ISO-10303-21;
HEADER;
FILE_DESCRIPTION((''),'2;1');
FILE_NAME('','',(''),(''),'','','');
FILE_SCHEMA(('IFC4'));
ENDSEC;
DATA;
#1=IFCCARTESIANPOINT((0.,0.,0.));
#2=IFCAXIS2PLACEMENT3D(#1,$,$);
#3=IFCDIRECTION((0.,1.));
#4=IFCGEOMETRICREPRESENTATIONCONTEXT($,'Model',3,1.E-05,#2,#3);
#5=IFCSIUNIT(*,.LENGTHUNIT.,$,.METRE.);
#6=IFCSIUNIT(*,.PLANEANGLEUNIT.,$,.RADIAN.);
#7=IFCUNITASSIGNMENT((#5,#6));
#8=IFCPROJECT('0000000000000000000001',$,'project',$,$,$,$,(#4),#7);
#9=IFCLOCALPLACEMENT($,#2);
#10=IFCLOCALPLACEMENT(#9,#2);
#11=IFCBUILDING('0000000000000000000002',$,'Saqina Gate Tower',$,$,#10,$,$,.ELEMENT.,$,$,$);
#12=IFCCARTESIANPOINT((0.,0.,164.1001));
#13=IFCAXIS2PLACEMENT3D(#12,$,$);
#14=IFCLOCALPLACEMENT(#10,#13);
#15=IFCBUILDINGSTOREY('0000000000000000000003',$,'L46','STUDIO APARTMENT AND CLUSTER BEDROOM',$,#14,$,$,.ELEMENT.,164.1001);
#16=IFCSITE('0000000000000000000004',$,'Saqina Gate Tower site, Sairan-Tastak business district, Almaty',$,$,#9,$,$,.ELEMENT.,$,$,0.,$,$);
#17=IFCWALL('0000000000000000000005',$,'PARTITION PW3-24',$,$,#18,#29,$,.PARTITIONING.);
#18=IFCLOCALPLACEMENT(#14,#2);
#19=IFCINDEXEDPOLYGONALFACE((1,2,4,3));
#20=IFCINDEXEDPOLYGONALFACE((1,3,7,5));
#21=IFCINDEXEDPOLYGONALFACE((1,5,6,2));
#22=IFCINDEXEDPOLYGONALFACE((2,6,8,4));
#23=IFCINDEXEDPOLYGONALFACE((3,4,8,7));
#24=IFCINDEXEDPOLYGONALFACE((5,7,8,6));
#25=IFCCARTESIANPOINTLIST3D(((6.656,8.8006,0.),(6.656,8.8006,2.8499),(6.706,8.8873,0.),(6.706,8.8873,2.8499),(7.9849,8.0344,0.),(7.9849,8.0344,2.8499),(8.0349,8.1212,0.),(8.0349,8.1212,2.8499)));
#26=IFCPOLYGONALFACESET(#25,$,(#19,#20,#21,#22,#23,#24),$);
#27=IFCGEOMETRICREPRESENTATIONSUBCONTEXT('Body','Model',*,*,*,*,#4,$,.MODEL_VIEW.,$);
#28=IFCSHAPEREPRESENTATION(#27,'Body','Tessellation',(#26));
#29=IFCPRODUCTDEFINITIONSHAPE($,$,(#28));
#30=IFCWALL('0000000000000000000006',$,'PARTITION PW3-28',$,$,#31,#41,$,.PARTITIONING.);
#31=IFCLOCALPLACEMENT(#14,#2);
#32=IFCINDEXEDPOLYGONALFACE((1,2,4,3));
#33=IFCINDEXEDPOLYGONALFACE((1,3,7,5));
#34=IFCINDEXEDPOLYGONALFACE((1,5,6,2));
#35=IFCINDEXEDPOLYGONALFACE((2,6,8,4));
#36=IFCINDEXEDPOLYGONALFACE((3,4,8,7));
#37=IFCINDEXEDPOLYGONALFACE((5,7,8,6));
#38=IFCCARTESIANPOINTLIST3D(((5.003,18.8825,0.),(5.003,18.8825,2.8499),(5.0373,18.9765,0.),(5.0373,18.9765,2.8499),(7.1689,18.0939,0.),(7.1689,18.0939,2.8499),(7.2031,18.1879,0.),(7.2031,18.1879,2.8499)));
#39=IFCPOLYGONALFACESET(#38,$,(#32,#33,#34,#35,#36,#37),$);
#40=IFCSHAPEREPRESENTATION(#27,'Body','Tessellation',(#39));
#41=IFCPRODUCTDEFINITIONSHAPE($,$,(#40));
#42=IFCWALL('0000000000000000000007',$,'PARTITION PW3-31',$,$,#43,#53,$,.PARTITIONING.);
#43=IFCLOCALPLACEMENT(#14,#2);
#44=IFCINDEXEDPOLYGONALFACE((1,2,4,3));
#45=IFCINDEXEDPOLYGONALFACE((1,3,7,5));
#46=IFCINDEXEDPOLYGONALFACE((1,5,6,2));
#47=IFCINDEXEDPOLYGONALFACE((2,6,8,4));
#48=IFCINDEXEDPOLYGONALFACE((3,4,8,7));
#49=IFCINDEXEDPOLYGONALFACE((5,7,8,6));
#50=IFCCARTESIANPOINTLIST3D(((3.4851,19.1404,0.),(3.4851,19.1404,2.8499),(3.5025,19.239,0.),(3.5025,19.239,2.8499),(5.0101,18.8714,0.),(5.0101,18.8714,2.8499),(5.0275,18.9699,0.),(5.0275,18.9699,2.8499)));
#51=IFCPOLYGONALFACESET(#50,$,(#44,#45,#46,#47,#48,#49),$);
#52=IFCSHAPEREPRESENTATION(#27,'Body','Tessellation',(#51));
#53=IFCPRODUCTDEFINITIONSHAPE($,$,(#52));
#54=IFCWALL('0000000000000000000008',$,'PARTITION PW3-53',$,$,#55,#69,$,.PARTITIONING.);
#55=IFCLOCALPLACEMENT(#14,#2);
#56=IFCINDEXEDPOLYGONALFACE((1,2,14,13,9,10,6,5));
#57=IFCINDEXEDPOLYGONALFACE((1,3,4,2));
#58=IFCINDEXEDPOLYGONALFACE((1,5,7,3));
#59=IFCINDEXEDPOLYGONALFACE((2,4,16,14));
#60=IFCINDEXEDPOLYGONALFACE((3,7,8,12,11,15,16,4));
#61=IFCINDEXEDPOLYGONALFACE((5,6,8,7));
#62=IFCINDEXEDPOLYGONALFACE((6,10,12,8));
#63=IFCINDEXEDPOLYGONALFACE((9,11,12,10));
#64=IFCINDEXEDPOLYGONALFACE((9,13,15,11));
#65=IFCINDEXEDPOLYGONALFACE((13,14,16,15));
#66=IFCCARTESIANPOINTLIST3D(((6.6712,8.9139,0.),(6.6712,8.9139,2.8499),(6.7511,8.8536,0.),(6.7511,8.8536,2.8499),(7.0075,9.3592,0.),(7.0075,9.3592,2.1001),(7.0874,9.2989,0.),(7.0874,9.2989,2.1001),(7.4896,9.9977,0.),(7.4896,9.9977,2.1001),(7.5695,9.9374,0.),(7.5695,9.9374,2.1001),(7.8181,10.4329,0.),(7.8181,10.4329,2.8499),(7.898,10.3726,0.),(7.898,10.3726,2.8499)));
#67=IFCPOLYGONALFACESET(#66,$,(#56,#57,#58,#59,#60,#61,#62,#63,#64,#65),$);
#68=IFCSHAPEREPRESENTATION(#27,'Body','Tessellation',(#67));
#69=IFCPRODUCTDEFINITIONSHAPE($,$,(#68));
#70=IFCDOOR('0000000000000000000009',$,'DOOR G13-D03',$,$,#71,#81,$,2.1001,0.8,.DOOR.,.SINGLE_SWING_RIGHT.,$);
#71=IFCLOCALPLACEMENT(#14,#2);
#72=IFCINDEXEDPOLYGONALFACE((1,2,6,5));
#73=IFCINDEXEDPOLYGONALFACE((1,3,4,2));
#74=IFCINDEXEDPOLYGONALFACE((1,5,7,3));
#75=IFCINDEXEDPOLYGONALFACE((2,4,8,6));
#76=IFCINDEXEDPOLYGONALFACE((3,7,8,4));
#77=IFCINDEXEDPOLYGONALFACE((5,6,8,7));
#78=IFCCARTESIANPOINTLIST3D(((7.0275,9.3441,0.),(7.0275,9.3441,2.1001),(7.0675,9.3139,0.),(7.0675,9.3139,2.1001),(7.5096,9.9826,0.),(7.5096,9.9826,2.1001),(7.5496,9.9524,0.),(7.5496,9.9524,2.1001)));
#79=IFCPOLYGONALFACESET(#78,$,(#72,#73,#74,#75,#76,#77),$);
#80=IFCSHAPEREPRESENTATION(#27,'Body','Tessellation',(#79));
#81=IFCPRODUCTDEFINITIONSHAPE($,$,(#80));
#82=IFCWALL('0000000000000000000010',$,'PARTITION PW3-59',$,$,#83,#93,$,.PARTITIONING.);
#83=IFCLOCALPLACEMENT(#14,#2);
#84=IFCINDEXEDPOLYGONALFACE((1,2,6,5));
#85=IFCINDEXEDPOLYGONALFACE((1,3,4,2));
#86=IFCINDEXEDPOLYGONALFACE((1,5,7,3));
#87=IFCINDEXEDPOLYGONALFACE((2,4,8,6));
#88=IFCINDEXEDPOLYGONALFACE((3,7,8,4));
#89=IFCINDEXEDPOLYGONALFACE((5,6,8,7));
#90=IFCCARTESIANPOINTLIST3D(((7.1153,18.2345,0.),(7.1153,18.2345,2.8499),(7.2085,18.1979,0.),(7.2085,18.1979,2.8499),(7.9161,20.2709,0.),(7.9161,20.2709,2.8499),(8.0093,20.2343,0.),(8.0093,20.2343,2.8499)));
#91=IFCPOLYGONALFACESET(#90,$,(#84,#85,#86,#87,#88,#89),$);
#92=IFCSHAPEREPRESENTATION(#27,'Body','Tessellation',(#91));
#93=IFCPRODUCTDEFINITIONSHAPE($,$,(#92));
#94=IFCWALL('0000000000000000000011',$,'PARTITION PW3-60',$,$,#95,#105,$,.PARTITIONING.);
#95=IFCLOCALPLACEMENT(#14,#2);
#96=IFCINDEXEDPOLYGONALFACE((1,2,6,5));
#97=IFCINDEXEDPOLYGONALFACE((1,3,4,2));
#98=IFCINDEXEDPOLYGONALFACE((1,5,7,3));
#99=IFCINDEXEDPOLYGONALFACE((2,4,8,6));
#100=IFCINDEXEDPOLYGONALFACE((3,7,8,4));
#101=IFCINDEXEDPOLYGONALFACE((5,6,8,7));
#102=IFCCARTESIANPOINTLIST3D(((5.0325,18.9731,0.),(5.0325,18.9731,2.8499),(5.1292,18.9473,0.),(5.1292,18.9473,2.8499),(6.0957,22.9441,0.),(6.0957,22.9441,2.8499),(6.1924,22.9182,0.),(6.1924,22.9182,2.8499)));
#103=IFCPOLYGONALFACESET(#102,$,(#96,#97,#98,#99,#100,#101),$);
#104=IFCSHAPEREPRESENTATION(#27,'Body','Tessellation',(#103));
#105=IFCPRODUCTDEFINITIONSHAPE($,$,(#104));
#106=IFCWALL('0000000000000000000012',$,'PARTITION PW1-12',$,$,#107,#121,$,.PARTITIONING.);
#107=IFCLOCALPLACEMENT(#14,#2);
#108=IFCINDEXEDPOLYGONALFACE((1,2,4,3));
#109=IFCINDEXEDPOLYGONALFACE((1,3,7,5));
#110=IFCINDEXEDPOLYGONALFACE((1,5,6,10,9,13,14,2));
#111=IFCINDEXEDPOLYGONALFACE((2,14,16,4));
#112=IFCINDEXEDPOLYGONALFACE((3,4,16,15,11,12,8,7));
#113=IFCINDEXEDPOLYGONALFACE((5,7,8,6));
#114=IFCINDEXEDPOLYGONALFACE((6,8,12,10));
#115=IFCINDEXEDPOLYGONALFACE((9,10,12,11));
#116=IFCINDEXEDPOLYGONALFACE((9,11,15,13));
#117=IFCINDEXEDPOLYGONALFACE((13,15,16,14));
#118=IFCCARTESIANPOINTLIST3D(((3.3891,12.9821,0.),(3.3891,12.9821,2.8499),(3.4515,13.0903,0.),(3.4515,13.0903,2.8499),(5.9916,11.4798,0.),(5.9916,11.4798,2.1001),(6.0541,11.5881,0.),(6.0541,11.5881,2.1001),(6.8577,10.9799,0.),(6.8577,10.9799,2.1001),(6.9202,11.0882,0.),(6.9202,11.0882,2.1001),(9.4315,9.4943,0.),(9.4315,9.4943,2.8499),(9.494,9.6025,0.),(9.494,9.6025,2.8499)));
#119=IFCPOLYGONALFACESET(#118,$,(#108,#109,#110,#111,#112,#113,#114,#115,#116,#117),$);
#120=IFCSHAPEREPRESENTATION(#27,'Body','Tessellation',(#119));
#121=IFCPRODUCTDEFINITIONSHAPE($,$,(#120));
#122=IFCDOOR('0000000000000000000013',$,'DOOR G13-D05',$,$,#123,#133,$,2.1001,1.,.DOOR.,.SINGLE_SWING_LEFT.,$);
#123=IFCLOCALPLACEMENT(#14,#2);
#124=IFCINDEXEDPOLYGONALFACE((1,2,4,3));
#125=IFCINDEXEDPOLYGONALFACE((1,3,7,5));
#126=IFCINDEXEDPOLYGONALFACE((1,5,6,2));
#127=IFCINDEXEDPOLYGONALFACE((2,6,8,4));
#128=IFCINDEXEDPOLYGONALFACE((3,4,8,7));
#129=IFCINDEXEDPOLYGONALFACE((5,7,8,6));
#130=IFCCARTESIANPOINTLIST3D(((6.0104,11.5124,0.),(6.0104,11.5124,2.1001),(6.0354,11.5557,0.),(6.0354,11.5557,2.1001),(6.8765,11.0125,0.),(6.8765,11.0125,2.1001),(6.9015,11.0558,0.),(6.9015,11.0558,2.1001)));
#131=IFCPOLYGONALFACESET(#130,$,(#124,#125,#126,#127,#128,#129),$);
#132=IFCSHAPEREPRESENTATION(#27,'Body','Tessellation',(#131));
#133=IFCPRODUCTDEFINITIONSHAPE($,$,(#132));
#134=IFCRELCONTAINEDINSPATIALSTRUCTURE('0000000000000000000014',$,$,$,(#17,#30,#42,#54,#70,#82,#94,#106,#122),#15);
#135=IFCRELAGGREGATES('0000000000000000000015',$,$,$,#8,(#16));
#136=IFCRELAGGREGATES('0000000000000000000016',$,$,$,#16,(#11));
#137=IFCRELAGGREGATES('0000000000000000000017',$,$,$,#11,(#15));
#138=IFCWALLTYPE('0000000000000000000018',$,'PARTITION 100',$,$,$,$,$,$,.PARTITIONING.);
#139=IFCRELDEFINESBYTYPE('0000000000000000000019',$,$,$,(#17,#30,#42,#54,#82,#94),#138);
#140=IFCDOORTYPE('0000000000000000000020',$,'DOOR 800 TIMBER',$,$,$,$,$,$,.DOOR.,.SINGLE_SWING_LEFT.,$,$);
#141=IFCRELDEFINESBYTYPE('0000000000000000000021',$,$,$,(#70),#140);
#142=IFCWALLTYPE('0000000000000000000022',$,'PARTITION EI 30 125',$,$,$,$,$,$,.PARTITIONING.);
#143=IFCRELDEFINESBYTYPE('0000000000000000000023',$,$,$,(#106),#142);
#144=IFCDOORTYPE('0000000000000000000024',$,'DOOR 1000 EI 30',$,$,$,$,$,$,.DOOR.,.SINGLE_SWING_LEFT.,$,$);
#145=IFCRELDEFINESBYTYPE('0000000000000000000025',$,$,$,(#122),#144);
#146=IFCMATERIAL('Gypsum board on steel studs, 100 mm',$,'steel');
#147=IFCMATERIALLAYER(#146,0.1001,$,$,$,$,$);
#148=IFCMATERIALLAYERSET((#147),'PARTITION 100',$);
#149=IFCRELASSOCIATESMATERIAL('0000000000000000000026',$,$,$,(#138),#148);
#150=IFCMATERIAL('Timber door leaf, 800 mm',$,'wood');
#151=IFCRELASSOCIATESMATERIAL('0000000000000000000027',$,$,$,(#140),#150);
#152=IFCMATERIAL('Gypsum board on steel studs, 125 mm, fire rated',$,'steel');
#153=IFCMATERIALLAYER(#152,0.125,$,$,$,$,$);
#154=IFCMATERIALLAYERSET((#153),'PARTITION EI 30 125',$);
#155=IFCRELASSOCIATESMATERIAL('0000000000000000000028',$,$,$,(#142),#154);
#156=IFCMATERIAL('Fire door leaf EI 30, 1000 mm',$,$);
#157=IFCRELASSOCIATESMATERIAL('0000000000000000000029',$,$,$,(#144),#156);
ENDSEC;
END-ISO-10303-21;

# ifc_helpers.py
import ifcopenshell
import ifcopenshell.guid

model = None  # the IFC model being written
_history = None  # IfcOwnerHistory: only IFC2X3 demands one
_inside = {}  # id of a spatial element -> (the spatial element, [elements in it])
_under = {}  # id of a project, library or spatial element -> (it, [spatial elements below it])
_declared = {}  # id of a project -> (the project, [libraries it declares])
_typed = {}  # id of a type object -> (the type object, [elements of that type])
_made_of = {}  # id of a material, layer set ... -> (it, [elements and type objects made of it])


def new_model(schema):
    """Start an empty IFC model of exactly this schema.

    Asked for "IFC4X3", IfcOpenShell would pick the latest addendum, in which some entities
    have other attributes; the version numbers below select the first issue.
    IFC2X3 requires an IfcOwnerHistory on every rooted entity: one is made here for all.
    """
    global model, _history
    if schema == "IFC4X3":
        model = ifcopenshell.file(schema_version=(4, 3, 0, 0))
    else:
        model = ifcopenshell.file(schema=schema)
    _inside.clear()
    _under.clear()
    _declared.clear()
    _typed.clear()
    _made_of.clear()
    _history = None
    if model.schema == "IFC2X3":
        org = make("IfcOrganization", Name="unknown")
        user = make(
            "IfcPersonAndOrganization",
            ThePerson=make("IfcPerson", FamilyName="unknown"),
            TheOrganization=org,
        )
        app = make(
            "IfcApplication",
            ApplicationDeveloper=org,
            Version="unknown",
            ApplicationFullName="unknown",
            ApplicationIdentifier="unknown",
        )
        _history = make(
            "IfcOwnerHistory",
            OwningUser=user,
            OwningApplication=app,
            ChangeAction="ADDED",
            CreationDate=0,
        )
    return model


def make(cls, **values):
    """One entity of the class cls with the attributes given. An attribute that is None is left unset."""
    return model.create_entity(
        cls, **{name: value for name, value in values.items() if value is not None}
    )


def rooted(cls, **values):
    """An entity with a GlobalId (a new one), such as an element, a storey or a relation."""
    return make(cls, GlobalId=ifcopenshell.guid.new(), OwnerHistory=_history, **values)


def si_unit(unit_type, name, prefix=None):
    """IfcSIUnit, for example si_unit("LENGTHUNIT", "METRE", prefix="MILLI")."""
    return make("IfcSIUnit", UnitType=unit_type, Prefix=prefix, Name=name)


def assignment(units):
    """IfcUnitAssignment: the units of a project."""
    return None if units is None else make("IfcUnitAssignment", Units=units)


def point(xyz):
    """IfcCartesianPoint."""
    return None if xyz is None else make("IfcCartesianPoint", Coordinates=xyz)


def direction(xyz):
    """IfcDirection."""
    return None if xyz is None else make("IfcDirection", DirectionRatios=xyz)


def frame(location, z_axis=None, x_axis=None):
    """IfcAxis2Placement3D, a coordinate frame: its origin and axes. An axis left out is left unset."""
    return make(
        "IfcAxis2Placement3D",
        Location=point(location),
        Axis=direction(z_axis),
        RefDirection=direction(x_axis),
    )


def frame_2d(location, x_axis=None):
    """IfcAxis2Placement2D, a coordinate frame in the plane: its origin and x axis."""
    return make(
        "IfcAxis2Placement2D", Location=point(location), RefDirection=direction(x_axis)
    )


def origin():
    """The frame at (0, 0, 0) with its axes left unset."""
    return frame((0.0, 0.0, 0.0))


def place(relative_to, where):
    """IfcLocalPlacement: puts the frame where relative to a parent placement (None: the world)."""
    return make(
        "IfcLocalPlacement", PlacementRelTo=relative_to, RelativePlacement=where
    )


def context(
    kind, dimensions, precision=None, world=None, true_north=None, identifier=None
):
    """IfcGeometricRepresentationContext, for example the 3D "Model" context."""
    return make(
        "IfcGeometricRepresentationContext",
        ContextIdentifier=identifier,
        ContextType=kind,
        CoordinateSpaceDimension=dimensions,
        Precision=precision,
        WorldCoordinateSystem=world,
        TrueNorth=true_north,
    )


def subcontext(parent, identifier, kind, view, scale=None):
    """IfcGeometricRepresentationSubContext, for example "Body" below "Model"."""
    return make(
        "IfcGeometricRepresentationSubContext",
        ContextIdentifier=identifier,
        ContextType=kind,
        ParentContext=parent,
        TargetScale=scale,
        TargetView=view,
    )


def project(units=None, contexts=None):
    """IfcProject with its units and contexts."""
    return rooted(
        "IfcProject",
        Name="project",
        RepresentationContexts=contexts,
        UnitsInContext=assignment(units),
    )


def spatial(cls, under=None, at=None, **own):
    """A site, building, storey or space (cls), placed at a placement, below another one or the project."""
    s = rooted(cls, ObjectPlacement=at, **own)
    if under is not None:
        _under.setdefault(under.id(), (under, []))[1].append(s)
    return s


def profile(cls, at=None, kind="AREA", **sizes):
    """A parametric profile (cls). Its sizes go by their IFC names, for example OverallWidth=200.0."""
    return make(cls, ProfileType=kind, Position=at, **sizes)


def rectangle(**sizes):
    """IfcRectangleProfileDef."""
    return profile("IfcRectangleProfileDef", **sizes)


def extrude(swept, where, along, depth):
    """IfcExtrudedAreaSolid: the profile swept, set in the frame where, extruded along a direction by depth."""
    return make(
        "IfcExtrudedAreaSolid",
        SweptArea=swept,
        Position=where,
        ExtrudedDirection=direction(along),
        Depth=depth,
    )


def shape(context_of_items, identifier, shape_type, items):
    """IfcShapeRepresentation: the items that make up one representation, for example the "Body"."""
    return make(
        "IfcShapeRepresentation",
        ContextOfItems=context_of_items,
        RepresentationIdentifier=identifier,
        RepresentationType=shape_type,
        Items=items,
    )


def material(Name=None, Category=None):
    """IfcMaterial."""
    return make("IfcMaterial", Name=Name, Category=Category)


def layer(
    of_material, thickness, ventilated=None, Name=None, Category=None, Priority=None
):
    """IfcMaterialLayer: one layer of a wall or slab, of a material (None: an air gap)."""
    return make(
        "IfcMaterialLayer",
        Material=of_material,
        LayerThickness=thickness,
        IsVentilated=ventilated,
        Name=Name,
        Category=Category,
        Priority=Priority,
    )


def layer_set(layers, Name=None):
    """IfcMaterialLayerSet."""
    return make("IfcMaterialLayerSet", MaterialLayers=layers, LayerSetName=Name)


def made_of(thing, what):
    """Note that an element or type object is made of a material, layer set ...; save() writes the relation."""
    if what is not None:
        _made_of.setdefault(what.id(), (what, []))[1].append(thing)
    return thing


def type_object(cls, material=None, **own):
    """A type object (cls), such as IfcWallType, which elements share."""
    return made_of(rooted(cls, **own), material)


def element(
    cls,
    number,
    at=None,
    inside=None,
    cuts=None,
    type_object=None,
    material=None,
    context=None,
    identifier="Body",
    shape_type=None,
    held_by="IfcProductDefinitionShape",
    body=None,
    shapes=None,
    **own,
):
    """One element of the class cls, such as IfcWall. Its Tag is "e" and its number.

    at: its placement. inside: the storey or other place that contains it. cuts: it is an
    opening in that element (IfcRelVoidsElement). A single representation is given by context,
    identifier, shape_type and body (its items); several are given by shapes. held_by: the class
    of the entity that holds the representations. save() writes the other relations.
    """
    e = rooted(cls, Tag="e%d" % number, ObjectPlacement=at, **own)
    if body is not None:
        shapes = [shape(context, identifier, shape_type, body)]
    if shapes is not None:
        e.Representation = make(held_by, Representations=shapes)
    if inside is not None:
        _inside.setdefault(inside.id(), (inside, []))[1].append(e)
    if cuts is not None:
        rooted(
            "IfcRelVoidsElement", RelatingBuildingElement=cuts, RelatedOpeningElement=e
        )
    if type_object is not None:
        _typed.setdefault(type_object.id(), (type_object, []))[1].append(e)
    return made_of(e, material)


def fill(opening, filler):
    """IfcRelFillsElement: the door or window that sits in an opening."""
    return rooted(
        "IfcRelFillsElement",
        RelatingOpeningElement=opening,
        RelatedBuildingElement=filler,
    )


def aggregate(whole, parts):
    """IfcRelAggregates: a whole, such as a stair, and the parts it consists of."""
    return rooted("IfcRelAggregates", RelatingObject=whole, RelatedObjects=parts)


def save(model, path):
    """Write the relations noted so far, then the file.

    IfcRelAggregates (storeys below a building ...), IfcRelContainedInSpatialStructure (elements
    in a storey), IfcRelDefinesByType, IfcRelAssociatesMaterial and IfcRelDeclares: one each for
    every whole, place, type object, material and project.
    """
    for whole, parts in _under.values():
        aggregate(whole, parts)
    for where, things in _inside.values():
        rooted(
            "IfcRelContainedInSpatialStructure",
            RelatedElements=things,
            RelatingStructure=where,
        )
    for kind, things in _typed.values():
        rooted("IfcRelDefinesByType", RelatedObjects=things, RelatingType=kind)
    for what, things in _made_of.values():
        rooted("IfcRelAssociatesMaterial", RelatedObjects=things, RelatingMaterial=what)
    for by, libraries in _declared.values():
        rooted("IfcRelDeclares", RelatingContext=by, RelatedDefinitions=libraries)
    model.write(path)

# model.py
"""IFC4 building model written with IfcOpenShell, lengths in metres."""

from ifc_helpers import new_model, si_unit, direction, frame, frame_2d, origin, place, context, subcontext, project, spatial, rectangle, extrude, material, layer, layer_set, type_object, element, fill, save


model = new_model("IFC4")

# Units and contexts
model_context = context("Model", 3, precision=1e-05, world=origin(), true_north=direction((0.0, 1.0)))
body_context = subcontext(model_context, "Body", "Model", "MODEL_VIEW")
ifc_project = project(units=[si_unit("LENGTHUNIT", "METRE"), si_unit("PLANEANGLEUNIT", "RADIAN")], contexts=[model_context])

# Site, building, storey
site_placement = place(None, origin())
site = spatial("IfcSite", under=ifc_project, at=site_placement, Name="Saqina Gate Tower site, Sairan-Tastak business district, Almaty", CompositionType="ELEMENT", RefElevation=0.0)
building_placement = place(site_placement, origin())
building = spatial("IfcBuilding", under=site, at=building_placement, Name="Saqina Gate Tower", CompositionType="ELEMENT")
storey_placement = place(building_placement, frame((0.0, 0.0, 164.1001)))
storey = spatial("IfcBuildingStorey", under=building, at=storey_placement, Name="L46", Description="STUDIO APARTMENT AND CLUSTER BEDROOM", CompositionType="ELEMENT", Elevation=164.1001)

# Walls
ifc_material_1 = material(Name="Gypsum board on steel studs, 100 mm", Category="steel")
ifc_layer_1 = layer(ifc_material_1, 0.1001)
ifc_layer_set_1 = layer_set([ifc_layer_1], Name="PARTITION 100")
wall_type_1 = type_object("IfcWallType", Name="PARTITION 100", PredefinedType="PARTITIONING", material=ifc_layer_set_1)
wall_1_placement = place(storey_placement, frame((6.6809, 8.844, 0.0), z_axis=(0.0, 0.0, 1.0), x_axis=(0.866337, -0.499461, 0.0)))
element("IfcWall", 1, at=wall_1_placement, inside=storey, type_object=wall_type_1, Name="PARTITION PW3-24", PredefinedType="PARTITIONING", context=body_context, shape_type="SweptSolid", body=[
    extrude(rectangle(XDim=1.5339, YDim=0.1001, at=frame_2d((0.7671, 0.0))), origin(), (0.0, 0.0, 1.0), 2.8499),
])
wall_2_placement = place(storey_placement, frame((5.0203, 18.9294, 0.0), z_axis=(0.0, 0.0, 1.0), x_axis=(0.939651, -0.342134, 0.0)))
element("IfcWall", 2, at=wall_2_placement, inside=storey, type_object=wall_type_1, Name="PARTITION PW3-28", PredefinedType="PARTITIONING", context=body_context, shape_type="SweptSolid", body=[
    extrude(rectangle(XDim=2.3049, YDim=0.1001, at=frame_2d((1.1523, 0.0))), origin(), (0.0, 0.0, 1.0), 2.8499),
])
wall_3_placement = place(storey_placement, frame((3.4937, 19.1897, 0.0), z_axis=(0.0, 0.0, 1.0), x_axis=(0.984795, -0.173722, 0.0)))
element("IfcWall", 3, at=wall_3_placement, inside=storey, type_object=wall_type_1, Name="PARTITION PW3-31", PredefinedType="PARTITIONING", context=body_context, shape_type="SweptSolid", body=[
    extrude(rectangle(XDim=1.5486, YDim=0.1001, at=frame_2d((0.7744, 0.0))), origin(), (0.0, 0.0, 1.0), 2.8499),
])

# Wall, opening, door
wall_4_placement = place(storey_placement, frame((6.7112, 8.8838, 0.0), z_axis=(0.0, 0.0, 1.0), x_axis=(0.602583, 0.798056, 0.0)))
wall_4 = element("IfcWall", 4, at=wall_4_placement, inside=storey, type_object=wall_type_1, Name="PARTITION PW3-53", PredefinedType="PARTITIONING", context=body_context, shape_type="SweptSolid", body=[
    extrude(rectangle(XDim=1.9033, YDim=0.1001, at=frame_2d((0.9517, 0.0))), origin(), (0.0, 0.0, 1.0), 2.8499),
])
opening_1_placement = place(wall_4_placement, frame((0.5581, 0.0, 0.0)))
opening_1 = element("IfcOpeningElement", 5, at=opening_1_placement, cuts=wall_4, PredefinedType="OPENING", context=body_context, shape_type="SweptSolid", body=[
    extrude(rectangle(XDim=0.8, YDim=2.1001, at=frame_2d((0.3999, 1.05))), frame((0.0, 0.062, 0.0), z_axis=(0.0, -1.0, 0.0), x_axis=(1.0, 0.0, 0.0)), (0.0, 0.0, 1.0), 0.124),
])
ifc_material_2 = material(Name="Timber door leaf, 800 mm", Category="wood")
door_type_1 = type_object("IfcDoorType", Name="DOOR 800 TIMBER", OperationType="SINGLE_SWING_LEFT", PredefinedType="DOOR", material=ifc_material_2)
door_1_placement = place(opening_1_placement, origin())
door_1 = element("IfcDoor", 6, at=door_1_placement, inside=storey, type_object=door_type_1, Name="DOOR G13-D03", OperationType="SINGLE_SWING_RIGHT", OverallHeight=2.1001, OverallWidth=0.8, PredefinedType="DOOR", context=body_context, shape_type="SweptSolid", body=[
    extrude(rectangle(XDim=0.8, YDim=2.1001, at=frame_2d((0.3999, 1.05))), frame((0.0, 0.0249, 0.0), z_axis=(0.0, -1.0, 0.0), x_axis=(1.0, 0.0, 0.0)), (0.0, 0.0, 1.0), 0.05),
])
fill(opening_1, door_1)

# Walls
wall_5_placement = place(storey_placement, frame((7.1619, 18.2161, 0.0), z_axis=(0.0, 0.0, 1.0), x_axis=(0.36596, 0.930631, 0.0)))
element("IfcWall", 7, at=wall_5_placement, inside=storey, type_object=wall_type_1, Name="PARTITION PW3-59", PredefinedType="PARTITIONING", context=body_context, shape_type="SweptSolid", body=[
    extrude(rectangle(XDim=2.1882, YDim=0.1001, at=frame_2d((1.0942, 0.0))), origin(), (0.0, 0.0, 1.0), 2.8499),
])
wall_6_placement = place(storey_placement, frame((5.0808, 18.9602, 0.0), z_axis=(0.0, 0.0, 1.0), x_axis=(0.258642, 0.965973, 0.0)))
element("IfcWall", 8, at=wall_6_placement, inside=storey, type_object=wall_type_1, Name="PARTITION PW3-60", PredefinedType="PARTITIONING", context=body_context, shape_type="SweptSolid", body=[
    extrude(rectangle(XDim=4.1108, YDim=0.1001, at=frame_2d((2.0554, 0.0))), origin(), (0.0, 0.0, 1.0), 2.8499),
])

# Wall, opening, door
ifc_material_3 = material(Name="Gypsum board on steel studs, 125 mm, fire rated", Category="steel")
ifc_layer_2 = layer(ifc_material_3, 0.125)
ifc_layer_set_2 = layer_set([ifc_layer_2], Name="PARTITION EI 30 125")
wall_type_2 = type_object("IfcWallType", Name="PARTITION EI 30 125", PredefinedType="PARTITIONING", material=ifc_layer_set_2)
wall_7_placement = place(storey_placement, frame((3.4204, 13.0361, 0.0), z_axis=(0.0, 0.0, 1.0), x_axis=(0.866077, -0.49991, 0.0)))
wall_7 = element("IfcWall", 9, at=wall_7_placement, inside=storey, type_object=wall_type_2, Name="PARTITION PW1-12", PredefinedType="PARTITIONING", context=body_context, shape_type="SweptSolid", body=[
    extrude(rectangle(XDim=6.9768, YDim=0.125, at=frame_2d((3.4883, 0.0))), origin(), (0.0, 0.0, 1.0), 2.8499),
])
opening_2_placement = place(wall_7_placement, frame((3.0049, 0.0, 0.0)))
opening_2 = element("IfcOpeningElement", 10, at=opening_2_placement, cuts=wall_7, PredefinedType="OPENING", context=body_context, shape_type="SweptSolid", body=[
    extrude(rectangle(XDim=1.0, YDim=2.1001, at=frame_2d((0.5, 1.05))), frame((0.0, 0.0745, 0.0), z_axis=(0.0, -1.0, 0.0), x_axis=(1.0, 0.0, 0.0)), (0.0, 0.0, 1.0), 0.1489),
])
ifc_material_4 = material(Name="Fire door leaf EI 30, 1000 mm")
door_type_2 = type_object("IfcDoorType", Name="DOOR 1000 EI 30", OperationType="SINGLE_SWING_LEFT", PredefinedType="DOOR", material=ifc_material_4)
door_2_placement = place(opening_2_placement, frame((1.0, 0.0, 0.0), z_axis=(0.0, 0.0, 1.0), x_axis=(-1.0, 0.0, 0.0)))
door_2 = element("IfcDoor", 11, at=door_2_placement, inside=storey, type_object=door_type_2, Name="DOOR G13-D05", OperationType="SINGLE_SWING_LEFT", OverallHeight=2.1001, OverallWidth=1.0, PredefinedType="DOOR", context=body_context, shape_type="SweptSolid", body=[
    extrude(rectangle(XDim=1.0, YDim=2.1001, at=frame_2d((0.5, 1.05))), frame((0.0, 0.0249, 0.0), z_axis=(0.0, -1.0, 0.0), x_axis=(1.0, 0.0, 0.0)), (0.0, 0.0, 1.0), 0.05),
])
fill(opening_2, door_2)

save(model, "model.ifc")
